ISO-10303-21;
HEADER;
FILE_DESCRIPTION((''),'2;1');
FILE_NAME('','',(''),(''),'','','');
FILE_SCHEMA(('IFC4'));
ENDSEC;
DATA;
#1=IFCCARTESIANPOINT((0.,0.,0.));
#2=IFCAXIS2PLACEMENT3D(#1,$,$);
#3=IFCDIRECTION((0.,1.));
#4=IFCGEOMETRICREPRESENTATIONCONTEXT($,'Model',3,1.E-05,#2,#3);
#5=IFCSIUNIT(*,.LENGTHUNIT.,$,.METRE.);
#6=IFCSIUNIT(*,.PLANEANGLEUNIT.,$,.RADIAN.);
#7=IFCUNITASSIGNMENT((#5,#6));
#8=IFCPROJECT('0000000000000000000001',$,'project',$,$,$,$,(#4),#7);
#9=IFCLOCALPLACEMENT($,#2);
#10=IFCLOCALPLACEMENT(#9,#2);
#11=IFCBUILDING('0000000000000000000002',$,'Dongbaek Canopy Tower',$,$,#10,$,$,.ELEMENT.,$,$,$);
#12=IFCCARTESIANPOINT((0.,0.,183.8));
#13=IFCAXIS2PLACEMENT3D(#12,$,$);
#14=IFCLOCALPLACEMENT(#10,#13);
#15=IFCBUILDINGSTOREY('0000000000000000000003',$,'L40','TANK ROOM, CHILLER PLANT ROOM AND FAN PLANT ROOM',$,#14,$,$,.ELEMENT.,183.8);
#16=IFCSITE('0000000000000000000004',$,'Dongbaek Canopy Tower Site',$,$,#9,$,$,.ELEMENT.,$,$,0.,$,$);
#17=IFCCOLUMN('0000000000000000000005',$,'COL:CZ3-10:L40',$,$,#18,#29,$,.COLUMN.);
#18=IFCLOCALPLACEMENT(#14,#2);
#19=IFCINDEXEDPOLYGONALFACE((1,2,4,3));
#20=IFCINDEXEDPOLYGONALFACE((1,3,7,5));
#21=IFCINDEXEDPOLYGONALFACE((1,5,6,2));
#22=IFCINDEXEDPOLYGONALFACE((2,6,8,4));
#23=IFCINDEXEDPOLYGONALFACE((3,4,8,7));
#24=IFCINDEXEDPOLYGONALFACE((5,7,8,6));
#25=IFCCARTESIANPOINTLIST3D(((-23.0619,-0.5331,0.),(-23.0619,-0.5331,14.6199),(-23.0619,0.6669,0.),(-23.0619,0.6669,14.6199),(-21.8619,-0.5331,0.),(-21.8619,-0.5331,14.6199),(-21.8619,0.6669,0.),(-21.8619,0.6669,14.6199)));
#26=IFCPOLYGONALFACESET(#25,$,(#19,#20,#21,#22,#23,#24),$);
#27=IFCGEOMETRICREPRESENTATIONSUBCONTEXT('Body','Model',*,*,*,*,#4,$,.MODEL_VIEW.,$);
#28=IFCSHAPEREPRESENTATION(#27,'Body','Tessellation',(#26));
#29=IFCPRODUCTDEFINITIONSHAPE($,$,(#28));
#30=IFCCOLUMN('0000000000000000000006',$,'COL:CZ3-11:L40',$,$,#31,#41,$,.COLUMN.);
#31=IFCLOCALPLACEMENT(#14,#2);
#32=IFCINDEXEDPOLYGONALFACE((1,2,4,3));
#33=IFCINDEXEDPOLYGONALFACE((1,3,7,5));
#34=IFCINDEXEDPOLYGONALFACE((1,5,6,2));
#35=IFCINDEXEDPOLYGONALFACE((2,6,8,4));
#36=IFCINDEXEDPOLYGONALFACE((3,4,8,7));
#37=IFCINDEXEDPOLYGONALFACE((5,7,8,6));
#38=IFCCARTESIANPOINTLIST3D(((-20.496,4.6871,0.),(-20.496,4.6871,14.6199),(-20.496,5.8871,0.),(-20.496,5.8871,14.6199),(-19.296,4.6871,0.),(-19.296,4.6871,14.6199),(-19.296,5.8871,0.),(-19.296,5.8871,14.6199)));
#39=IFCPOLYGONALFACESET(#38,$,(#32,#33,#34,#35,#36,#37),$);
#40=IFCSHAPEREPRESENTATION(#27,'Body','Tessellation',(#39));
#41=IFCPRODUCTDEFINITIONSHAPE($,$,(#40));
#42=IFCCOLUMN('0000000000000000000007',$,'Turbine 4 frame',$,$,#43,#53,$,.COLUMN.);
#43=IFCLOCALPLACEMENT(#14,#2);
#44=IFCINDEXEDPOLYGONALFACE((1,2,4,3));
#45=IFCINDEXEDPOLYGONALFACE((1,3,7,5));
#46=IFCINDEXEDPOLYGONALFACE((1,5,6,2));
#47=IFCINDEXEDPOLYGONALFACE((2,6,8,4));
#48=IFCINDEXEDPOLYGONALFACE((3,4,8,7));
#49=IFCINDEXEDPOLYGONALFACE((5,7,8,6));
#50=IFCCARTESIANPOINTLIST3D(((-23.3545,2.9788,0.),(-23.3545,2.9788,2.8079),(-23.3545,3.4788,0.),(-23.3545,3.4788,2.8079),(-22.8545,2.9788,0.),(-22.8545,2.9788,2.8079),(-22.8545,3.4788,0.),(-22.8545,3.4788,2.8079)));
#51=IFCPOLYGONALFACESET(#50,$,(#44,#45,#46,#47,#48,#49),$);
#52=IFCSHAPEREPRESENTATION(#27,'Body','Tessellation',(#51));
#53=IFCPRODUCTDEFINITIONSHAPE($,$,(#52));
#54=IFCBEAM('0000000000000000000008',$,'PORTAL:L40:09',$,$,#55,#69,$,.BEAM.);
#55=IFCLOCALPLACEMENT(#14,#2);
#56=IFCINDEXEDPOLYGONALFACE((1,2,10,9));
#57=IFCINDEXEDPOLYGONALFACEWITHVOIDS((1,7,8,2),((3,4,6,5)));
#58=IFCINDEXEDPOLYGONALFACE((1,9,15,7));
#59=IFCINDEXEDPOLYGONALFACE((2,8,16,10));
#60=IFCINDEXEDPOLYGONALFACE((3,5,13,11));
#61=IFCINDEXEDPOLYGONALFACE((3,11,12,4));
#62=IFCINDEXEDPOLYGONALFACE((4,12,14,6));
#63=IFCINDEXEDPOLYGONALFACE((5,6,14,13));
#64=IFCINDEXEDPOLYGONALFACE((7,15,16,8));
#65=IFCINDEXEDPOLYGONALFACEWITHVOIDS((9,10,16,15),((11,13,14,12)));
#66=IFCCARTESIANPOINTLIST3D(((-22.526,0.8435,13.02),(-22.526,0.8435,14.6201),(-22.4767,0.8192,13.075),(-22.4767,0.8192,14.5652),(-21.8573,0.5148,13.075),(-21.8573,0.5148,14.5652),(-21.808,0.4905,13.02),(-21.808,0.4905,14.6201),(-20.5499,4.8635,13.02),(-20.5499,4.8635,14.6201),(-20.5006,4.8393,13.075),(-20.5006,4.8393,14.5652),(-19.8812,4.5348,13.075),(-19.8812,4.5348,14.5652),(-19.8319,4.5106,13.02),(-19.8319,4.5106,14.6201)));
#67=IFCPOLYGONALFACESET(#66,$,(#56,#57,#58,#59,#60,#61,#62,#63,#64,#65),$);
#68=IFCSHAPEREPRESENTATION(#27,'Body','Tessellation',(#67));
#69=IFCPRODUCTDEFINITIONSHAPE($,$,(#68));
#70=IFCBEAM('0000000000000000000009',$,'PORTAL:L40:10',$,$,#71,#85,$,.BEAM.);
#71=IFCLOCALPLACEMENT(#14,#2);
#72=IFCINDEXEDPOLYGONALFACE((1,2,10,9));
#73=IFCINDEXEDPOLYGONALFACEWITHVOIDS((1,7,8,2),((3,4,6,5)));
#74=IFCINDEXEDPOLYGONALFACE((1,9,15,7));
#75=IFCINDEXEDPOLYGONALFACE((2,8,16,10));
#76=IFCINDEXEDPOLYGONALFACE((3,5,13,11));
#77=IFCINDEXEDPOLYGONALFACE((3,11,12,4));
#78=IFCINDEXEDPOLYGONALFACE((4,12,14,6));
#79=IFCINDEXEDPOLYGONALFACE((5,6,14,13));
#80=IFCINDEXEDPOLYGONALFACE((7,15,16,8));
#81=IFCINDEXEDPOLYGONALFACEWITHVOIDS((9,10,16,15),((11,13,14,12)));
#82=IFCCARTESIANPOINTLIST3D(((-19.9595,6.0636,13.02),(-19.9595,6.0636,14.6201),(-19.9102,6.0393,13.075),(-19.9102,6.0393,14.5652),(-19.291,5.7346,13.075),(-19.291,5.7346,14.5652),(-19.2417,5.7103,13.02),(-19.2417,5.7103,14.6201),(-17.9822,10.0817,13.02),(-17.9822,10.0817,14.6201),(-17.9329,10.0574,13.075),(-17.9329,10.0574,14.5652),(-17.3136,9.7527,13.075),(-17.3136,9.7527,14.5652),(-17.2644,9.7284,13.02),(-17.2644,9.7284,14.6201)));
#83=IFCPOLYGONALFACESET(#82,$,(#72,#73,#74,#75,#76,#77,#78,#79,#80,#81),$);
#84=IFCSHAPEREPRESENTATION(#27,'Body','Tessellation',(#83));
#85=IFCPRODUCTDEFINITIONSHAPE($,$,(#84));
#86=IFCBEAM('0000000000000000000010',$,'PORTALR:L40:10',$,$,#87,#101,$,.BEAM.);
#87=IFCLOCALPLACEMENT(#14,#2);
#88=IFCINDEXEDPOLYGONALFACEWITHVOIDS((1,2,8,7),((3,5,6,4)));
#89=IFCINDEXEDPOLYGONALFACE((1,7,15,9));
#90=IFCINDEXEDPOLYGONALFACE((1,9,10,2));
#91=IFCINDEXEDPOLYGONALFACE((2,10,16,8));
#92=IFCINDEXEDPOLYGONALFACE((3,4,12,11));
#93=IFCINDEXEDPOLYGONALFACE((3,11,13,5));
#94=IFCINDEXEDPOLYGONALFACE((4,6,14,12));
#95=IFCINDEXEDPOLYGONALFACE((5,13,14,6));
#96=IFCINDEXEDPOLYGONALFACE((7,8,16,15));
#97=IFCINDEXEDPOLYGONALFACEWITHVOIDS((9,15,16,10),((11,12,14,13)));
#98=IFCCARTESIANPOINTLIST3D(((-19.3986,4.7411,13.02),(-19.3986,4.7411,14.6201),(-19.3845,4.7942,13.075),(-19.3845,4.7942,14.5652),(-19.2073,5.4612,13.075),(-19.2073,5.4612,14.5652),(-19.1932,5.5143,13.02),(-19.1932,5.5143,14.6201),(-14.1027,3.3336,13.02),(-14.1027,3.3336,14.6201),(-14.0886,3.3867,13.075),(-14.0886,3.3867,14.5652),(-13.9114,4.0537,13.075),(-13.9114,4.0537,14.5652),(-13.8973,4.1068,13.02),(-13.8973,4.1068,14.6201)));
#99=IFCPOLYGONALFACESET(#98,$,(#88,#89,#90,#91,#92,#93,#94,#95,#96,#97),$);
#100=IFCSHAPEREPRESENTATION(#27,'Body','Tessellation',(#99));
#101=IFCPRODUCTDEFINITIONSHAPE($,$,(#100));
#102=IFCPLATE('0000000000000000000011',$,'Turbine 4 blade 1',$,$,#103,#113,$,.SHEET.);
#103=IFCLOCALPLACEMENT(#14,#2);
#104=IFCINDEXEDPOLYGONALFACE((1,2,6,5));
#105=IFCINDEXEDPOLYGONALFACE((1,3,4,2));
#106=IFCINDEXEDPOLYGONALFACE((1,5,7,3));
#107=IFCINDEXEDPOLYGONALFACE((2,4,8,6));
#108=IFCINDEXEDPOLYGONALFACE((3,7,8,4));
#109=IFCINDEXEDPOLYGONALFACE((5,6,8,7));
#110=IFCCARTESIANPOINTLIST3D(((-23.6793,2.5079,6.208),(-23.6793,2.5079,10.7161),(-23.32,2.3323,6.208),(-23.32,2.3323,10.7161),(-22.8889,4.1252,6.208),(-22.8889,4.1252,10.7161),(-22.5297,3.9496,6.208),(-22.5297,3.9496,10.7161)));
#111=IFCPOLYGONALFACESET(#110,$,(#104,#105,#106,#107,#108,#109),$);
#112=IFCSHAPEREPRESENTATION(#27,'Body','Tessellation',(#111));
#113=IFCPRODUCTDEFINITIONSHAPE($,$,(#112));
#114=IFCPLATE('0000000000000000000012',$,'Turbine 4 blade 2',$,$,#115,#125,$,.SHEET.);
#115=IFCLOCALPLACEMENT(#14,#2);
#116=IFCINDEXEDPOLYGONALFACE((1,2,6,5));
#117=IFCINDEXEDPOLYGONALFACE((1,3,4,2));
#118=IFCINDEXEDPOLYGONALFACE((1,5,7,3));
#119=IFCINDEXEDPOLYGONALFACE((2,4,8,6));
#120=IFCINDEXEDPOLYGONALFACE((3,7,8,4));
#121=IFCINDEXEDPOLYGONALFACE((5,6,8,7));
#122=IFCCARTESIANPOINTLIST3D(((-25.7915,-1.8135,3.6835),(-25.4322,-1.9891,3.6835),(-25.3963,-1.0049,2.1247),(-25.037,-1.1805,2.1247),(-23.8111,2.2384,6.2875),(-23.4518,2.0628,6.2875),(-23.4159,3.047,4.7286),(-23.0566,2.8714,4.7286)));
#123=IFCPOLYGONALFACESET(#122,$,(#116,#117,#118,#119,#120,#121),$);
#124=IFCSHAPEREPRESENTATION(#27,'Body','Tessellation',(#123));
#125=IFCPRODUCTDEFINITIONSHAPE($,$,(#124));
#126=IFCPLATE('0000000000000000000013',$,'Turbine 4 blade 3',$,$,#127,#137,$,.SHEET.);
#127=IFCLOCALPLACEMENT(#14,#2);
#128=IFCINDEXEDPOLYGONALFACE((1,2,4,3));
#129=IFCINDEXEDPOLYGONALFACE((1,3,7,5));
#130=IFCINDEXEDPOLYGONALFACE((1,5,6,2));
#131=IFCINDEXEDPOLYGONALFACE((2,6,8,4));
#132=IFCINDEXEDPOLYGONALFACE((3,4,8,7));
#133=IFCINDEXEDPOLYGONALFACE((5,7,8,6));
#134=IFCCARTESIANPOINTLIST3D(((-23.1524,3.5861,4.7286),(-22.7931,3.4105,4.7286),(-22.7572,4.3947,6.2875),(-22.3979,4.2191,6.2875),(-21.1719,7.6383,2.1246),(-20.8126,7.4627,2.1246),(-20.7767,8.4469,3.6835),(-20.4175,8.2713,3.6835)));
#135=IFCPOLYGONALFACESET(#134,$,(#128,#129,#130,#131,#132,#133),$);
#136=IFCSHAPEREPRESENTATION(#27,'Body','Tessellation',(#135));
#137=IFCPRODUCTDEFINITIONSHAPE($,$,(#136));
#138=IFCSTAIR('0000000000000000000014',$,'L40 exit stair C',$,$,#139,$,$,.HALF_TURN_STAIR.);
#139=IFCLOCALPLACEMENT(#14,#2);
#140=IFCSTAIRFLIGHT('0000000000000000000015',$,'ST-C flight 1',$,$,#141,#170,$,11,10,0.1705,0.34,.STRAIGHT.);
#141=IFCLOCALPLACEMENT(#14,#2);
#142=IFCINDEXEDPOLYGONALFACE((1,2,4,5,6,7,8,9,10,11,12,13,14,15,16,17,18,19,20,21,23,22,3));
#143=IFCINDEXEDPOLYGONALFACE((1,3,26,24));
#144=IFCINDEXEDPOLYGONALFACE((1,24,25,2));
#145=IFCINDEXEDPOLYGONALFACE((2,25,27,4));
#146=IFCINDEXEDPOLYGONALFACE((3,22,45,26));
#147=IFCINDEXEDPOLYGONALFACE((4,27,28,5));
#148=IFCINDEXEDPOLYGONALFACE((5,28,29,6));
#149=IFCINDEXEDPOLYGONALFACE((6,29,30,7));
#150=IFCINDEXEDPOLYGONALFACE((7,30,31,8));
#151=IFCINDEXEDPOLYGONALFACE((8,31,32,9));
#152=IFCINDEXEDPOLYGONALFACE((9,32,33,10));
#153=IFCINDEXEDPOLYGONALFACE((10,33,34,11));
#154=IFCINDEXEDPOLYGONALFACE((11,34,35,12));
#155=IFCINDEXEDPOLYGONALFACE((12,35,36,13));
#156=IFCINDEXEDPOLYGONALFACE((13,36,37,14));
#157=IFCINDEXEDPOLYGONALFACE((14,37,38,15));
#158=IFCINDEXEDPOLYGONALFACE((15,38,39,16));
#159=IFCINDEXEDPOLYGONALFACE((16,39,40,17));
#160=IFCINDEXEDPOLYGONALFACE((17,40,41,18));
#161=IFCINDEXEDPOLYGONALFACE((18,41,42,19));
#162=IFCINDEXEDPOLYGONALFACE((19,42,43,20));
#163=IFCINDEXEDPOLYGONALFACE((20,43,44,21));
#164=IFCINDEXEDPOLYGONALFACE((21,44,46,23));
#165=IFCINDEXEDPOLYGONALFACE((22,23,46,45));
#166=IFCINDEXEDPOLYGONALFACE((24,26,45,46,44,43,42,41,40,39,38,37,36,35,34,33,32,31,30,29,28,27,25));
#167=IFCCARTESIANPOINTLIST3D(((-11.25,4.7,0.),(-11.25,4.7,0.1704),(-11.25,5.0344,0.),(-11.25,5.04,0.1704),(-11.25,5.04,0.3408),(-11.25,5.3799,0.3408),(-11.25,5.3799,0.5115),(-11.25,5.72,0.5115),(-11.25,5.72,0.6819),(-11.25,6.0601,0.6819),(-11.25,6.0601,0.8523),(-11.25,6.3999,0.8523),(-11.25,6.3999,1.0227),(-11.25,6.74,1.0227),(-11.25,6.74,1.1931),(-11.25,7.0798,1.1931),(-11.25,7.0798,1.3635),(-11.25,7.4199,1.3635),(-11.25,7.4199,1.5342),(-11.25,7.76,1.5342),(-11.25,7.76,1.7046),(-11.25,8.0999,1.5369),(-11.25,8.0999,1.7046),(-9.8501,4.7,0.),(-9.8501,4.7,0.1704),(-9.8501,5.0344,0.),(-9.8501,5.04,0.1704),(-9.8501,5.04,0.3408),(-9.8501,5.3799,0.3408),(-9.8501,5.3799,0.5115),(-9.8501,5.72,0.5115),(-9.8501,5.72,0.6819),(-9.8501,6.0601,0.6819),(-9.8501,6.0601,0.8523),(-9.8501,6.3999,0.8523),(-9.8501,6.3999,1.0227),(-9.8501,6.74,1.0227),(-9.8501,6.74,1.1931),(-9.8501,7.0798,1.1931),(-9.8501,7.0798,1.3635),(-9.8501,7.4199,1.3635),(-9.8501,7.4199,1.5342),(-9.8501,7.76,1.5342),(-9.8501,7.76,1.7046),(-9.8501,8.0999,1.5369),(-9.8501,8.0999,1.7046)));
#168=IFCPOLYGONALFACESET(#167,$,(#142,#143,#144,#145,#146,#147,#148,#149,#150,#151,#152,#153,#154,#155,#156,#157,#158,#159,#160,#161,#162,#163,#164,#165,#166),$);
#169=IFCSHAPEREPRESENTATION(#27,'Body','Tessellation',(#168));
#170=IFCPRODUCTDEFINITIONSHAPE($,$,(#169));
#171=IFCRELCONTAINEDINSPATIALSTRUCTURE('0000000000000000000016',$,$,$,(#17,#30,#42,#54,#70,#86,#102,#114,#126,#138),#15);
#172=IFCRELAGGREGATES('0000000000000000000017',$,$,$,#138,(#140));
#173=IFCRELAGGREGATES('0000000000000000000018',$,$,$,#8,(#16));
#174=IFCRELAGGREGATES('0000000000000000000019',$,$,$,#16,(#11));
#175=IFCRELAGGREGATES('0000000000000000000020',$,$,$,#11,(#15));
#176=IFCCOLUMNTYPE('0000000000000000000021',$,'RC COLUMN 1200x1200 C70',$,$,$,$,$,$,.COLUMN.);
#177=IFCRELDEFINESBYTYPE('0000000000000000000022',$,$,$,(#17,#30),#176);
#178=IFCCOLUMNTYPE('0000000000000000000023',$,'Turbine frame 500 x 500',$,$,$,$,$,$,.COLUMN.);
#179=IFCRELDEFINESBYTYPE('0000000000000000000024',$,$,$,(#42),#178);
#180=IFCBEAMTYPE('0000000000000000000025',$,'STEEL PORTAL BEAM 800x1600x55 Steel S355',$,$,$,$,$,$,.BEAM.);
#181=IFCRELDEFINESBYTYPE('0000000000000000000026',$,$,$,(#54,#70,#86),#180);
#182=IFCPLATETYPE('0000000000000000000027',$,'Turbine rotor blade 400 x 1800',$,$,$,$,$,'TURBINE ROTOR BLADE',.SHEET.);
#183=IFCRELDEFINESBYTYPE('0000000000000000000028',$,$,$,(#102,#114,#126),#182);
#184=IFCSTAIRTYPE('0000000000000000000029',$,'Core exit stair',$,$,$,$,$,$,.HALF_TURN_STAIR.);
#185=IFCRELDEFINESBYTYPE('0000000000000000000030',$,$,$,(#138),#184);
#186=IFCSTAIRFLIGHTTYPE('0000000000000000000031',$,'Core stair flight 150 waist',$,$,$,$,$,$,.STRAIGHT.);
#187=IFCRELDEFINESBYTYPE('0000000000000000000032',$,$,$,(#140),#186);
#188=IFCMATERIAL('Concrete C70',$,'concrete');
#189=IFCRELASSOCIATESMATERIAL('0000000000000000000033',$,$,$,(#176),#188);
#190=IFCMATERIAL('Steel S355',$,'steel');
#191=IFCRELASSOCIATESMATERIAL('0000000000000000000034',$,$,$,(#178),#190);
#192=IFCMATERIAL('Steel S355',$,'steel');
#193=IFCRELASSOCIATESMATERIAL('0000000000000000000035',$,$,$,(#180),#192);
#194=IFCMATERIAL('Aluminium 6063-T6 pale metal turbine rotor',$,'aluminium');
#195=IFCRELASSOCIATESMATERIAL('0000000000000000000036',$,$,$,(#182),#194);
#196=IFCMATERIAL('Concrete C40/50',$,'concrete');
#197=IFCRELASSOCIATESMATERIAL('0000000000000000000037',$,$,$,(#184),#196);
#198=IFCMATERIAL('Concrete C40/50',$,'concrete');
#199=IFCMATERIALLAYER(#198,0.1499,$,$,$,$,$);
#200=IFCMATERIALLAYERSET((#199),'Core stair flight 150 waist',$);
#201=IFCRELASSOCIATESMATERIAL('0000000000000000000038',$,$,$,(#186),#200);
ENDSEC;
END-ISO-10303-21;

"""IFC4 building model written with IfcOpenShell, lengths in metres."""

from ifc_helpers import new_model, si_unit, direction, frame, origin, origin_2d, place, context, subcontext, project, spatial, polyline, rectangle, hollow_rectangle, outline, extrude, material, layer, layer_set, material_profile, profile_set, type_object, element, aggregate, save


model = new_model("IFC4")

# Units and contexts
model_context = context("Model", 3, precision=1e-05, world=origin(), true_north=direction((0.0, 1.0)))
body_context = subcontext(model_context, "Body", "Model", "MODEL_VIEW")
ifc_project = project(units=[si_unit("LENGTHUNIT", "METRE"), si_unit("PLANEANGLEUNIT", "RADIAN")], contexts=[model_context])

# Site, building, storey
site_placement = place(None, origin())
site = spatial("IfcSite", under=ifc_project, at=site_placement, Name="Dongbaek Canopy Tower Site", CompositionType="ELEMENT", RefElevation=0.0)
building_placement = place(site_placement, origin())
building = spatial("IfcBuilding", under=site, at=building_placement, Name="Dongbaek Canopy Tower", CompositionType="ELEMENT")
storey_placement = place(building_placement, frame((0.0, 0.0, 183.8)))
storey = spatial("IfcBuildingStorey", under=building, at=storey_placement, Name="L40", Description="TANK ROOM, CHILLER PLANT ROOM AND FAN PLANT ROOM", CompositionType="ELEMENT", Elevation=183.8)

# Columns
ifc_material_1 = material(Name="Concrete C70", Category="concrete")
ifc_material_profile_1 = material_profile(ifc_material_1, rectangle(XDim=1.2, YDim=1.2, at=origin_2d()), Name="RC COLUMN 1200x1200 C70")
ifc_profile_set_1 = profile_set([ifc_material_profile_1], Name="Concrete C70")
column_type_1 = type_object("IfcColumnType", Name="RC COLUMN 1200x1200 C70", PredefinedType="COLUMN", material=ifc_profile_set_1)
for number, where, z_axis, x_axis, name in (
    (1, (-22.4619, 0.0669, 0.0), (0.0, 0.0, 1.0), (1.0, 0.0, 0.0), "COL:CZ3-10:L40"),
    (2, (-19.896, 5.2871, 0.0), (0.0, 0.0, 1.0), (1.0, 0.0, 0.0), "COL:CZ3-11:L40"),
):
    element("IfcColumn", number, at=place(storey_placement, frame(where, z_axis=z_axis, x_axis=x_axis)), inside=storey, type_object=column_type_1, Name=name, PredefinedType="COLUMN", context=body_context, shape_type="SweptSolid", body=[
        extrude(rectangle(XDim=1.2, YDim=1.2, at=origin_2d()), origin(), (0.0, 0.0, 1.0), 14.6199),
    ])
ifc_material_2 = material(Name="Steel S355", Category="steel")
ifc_material_profile_2 = material_profile(ifc_material_2, rectangle(XDim=0.5, YDim=0.5, at=origin_2d()), Name="Turbine frame 500 x 500")
ifc_profile_set_2 = profile_set([ifc_material_profile_2], Name="Steel S355")
column_type_2 = type_object("IfcColumnType", Name="Turbine frame 500 x 500", PredefinedType="COLUMN", material=ifc_profile_set_2)
column_placement = place(storey_placement, frame((-23.1045, 3.2288, 0.0), z_axis=(0.0, 0.0, 1.0), x_axis=(1.0, 0.0, 0.0)))
element("IfcColumn", 3, at=column_placement, inside=storey, type_object=column_type_2, Name="Turbine 4 frame", PredefinedType="COLUMN", context=body_context, shape_type="SweptSolid", body=[
    extrude(rectangle(XDim=0.5, YDim=0.5, at=origin_2d()), origin(), (0.0, 0.0, 1.0), 2.8079),
])

# Beams
ifc_material_3 = material(Name="Steel S355", Category="steel")
ifc_material_profile_3 = material_profile(ifc_material_3, hollow_rectangle(XDim=0.8, YDim=1.6001, WallThickness=0.0549, at=origin_2d()), Name="STEEL PORTAL BEAM 800x1600x55 Steel S355")
ifc_profile_set_3 = profile_set([ifc_material_profile_3], Name="Steel S355")
beam_type = type_object("IfcBeamType", Name="STEEL PORTAL BEAM 800x1600x55 Steel S355", PredefinedType="BEAM", material=ifc_profile_set_3)
beam_1_placement = place(storey_placement, frame((-22.167, 0.667, 13.8201), z_axis=(0.441143, 0.897437, 0.0), x_axis=(-0.897437, 0.441143, 0.0)))
element("IfcBeam", 4, at=beam_1_placement, inside=storey, type_object=beam_type, Name="PORTAL:L40:09", PredefinedType="BEAM", context=body_context, shape_type="SweptSolid", body=[
    extrude(hollow_rectangle(XDim=0.8, YDim=1.6001, WallThickness=0.0549, at=origin_2d()), origin(), (0.0, 0.0, 1.0), 4.4795),
])
beam_2_placement = place(storey_placement, frame((-19.6006, 5.887, 13.8201), z_axis=(0.441535, 0.897244, 0.0), x_axis=(-0.897244, 0.441535, 0.0)))
element("IfcBeam", 5, at=beam_2_placement, inside=storey, type_object=beam_type, Name="PORTAL:L40:10", PredefinedType="BEAM", context=body_context, shape_type="SweptSolid", body=[
    extrude(hollow_rectangle(XDim=0.8, YDim=1.6001, WallThickness=0.0549, at=origin_2d()), origin(), (0.0, 0.0, 1.0), 4.4783),
])
beam_3_placement = place(storey_placement, frame((-14.0, 3.7202, 13.8201), z_axis=(-0.966451, 0.25685, 0.0), x_axis=(-0.25685, -0.966451, 0.0)))
element("IfcBeam", 6, at=beam_3_placement, inside=storey, type_object=beam_type, Name="PORTALR:L40:10", PredefinedType="BEAM", context=body_context, shape_type="SweptSolid", body=[
    extrude(hollow_rectangle(XDim=0.8, YDim=1.6001, WallThickness=0.0549, at=origin_2d()), origin(), (0.0, 0.0, 1.0), 5.4797),
])

# Plates
ifc_material_4 = material(Name="Aluminium 6063-T6 pale metal turbine rotor", Category="aluminium")
ifc_material_profile_4 = material_profile(ifc_material_4, rectangle(XDim=0.3999, YDim=1.8, at=origin_2d()), Name="Turbine rotor blade 400 x 1800")
ifc_profile_set_4 = profile_set([ifc_material_profile_4], Name="Aluminium 6063-T6 pale metal turbine rotor")
plate_type = type_object("IfcPlateType", Name="Turbine rotor blade 400 x 1800", ElementType="TURBINE ROTOR BLADE", PredefinedType="SHEET", material=ifc_profile_set_4)
plate_1_placement = place(storey_placement, frame((-23.1045, 3.2288, 6.208), z_axis=(0.0, 0.0, 1.0), x_axis=(-0.898443, 0.43909, 0.0)))
element("IfcPlate", 7, at=plate_1_placement, inside=storey, type_object=plate_type, Name="Turbine 4 blade 1", PredefinedType="SHEET", context=body_context, shape_type="SweptSolid", body=[
    extrude(rectangle(XDim=0.3999, YDim=1.8, at=origin_2d()), origin(), (0.0, 0.0, 1.0), 4.5081),
])
plate_2_placement = place(storey_placement, frame((-23.4338, 2.5549, 5.5081), z_axis=(-0.380285, -0.778055, -0.500014), x_axis=(0.898429, -0.439119, 0.0)))
element("IfcPlate", 8, at=plate_2_placement, inside=storey, type_object=plate_type, Name="Turbine 4 blade 2", PredefinedType="SHEET", context=body_context, shape_type="SweptSolid", body=[
    extrude(rectangle(XDim=0.3999, YDim=1.8, at=origin_2d()), origin(), (0.0, 0.0, 1.0), 5.2078),
])
plate_3_placement = place(storey_placement, frame((-22.7751, 3.9026, 5.5081), z_axis=(0.380271, 0.778073, -0.499996), x_axis=(-0.898439, 0.439098, 0.0)))
element("IfcPlate", 9, at=plate_3_placement, inside=storey, type_object=plate_type, Name="Turbine 4 blade 3", PredefinedType="SHEET", context=body_context, shape_type="SweptSolid", body=[
    extrude(rectangle(XDim=0.3999, YDim=1.8, at=origin_2d()), origin(), (0.0, 0.0, 1.0), 5.208),
])

# Stair, stair flight
ifc_material_5 = material(Name="Concrete C40/50", Category="concrete")
stair_type = type_object("IfcStairType", Name="Core exit stair", PredefinedType="HALF_TURN_STAIR", material=ifc_material_5)
stair_placement = place(storey_placement, origin())
stair = element("IfcStair", 10, at=stair_placement, inside=storey, type_object=stair_type, Name="L40 exit stair C", PredefinedType="HALF_TURN_STAIR")
ifc_material_6 = material(Name="Concrete C40/50", Category="concrete")
ifc_layer = layer(ifc_material_6, 0.1499)
ifc_layer_set = layer_set([ifc_layer], Name="Core stair flight 150 waist")
stair_flight_type = type_object("IfcStairFlightType", Name="Core stair flight 150 waist", PredefinedType="STRAIGHT", material=ifc_layer_set)
stair_flight_placement = place(storey_placement, frame((-10.55, 4.7, 0.0), z_axis=(0.0, 0.0, 1.0), x_axis=(0.0, 1.0, 0.0)))
stair_flight = element("IfcStairFlight", 11, at=stair_flight_placement, type_object=stair_flight_type, Name="ST-C flight 1", NumberOfRisers=11, NumberOfTreads=10, PredefinedType="STRAIGHT", RiserHeight=0.1705, TreadLength=0.34, context=body_context, shape_type="SweptSolid", body=[
    extrude(outline(polyline([(0.0, 0.0), (0.0, 0.1704), (0.3401, 0.1704), (0.3401, 0.3408), (0.6799, 0.3408), (0.6799, 0.5115), (1.02, 0.5115), (1.02, 0.6819), (1.3601, 0.6819), (1.3601, 0.8523), (1.7, 0.8523), (1.7, 1.0227), (2.04, 1.0227), (2.04, 1.1931), (2.3799, 1.1931), (2.3799, 1.3635), (2.72, 1.3635), (2.72, 1.5342), (3.0601, 1.5342), (3.0601, 1.7046), (3.3999, 1.7046), (3.3999, 1.875), (3.3999, 1.5369), (0.3345, 0.0), (0.0, 0.0)])), frame((0.0, 0.7, 0.0), z_axis=(0.0, -1.0, 0.0), x_axis=(1.0, 0.0, 0.0)), (0.0, 0.0, 1.0), 1.3999),
])
aggregate(stair, [stair_flight])

save(model, "model.ifc")
